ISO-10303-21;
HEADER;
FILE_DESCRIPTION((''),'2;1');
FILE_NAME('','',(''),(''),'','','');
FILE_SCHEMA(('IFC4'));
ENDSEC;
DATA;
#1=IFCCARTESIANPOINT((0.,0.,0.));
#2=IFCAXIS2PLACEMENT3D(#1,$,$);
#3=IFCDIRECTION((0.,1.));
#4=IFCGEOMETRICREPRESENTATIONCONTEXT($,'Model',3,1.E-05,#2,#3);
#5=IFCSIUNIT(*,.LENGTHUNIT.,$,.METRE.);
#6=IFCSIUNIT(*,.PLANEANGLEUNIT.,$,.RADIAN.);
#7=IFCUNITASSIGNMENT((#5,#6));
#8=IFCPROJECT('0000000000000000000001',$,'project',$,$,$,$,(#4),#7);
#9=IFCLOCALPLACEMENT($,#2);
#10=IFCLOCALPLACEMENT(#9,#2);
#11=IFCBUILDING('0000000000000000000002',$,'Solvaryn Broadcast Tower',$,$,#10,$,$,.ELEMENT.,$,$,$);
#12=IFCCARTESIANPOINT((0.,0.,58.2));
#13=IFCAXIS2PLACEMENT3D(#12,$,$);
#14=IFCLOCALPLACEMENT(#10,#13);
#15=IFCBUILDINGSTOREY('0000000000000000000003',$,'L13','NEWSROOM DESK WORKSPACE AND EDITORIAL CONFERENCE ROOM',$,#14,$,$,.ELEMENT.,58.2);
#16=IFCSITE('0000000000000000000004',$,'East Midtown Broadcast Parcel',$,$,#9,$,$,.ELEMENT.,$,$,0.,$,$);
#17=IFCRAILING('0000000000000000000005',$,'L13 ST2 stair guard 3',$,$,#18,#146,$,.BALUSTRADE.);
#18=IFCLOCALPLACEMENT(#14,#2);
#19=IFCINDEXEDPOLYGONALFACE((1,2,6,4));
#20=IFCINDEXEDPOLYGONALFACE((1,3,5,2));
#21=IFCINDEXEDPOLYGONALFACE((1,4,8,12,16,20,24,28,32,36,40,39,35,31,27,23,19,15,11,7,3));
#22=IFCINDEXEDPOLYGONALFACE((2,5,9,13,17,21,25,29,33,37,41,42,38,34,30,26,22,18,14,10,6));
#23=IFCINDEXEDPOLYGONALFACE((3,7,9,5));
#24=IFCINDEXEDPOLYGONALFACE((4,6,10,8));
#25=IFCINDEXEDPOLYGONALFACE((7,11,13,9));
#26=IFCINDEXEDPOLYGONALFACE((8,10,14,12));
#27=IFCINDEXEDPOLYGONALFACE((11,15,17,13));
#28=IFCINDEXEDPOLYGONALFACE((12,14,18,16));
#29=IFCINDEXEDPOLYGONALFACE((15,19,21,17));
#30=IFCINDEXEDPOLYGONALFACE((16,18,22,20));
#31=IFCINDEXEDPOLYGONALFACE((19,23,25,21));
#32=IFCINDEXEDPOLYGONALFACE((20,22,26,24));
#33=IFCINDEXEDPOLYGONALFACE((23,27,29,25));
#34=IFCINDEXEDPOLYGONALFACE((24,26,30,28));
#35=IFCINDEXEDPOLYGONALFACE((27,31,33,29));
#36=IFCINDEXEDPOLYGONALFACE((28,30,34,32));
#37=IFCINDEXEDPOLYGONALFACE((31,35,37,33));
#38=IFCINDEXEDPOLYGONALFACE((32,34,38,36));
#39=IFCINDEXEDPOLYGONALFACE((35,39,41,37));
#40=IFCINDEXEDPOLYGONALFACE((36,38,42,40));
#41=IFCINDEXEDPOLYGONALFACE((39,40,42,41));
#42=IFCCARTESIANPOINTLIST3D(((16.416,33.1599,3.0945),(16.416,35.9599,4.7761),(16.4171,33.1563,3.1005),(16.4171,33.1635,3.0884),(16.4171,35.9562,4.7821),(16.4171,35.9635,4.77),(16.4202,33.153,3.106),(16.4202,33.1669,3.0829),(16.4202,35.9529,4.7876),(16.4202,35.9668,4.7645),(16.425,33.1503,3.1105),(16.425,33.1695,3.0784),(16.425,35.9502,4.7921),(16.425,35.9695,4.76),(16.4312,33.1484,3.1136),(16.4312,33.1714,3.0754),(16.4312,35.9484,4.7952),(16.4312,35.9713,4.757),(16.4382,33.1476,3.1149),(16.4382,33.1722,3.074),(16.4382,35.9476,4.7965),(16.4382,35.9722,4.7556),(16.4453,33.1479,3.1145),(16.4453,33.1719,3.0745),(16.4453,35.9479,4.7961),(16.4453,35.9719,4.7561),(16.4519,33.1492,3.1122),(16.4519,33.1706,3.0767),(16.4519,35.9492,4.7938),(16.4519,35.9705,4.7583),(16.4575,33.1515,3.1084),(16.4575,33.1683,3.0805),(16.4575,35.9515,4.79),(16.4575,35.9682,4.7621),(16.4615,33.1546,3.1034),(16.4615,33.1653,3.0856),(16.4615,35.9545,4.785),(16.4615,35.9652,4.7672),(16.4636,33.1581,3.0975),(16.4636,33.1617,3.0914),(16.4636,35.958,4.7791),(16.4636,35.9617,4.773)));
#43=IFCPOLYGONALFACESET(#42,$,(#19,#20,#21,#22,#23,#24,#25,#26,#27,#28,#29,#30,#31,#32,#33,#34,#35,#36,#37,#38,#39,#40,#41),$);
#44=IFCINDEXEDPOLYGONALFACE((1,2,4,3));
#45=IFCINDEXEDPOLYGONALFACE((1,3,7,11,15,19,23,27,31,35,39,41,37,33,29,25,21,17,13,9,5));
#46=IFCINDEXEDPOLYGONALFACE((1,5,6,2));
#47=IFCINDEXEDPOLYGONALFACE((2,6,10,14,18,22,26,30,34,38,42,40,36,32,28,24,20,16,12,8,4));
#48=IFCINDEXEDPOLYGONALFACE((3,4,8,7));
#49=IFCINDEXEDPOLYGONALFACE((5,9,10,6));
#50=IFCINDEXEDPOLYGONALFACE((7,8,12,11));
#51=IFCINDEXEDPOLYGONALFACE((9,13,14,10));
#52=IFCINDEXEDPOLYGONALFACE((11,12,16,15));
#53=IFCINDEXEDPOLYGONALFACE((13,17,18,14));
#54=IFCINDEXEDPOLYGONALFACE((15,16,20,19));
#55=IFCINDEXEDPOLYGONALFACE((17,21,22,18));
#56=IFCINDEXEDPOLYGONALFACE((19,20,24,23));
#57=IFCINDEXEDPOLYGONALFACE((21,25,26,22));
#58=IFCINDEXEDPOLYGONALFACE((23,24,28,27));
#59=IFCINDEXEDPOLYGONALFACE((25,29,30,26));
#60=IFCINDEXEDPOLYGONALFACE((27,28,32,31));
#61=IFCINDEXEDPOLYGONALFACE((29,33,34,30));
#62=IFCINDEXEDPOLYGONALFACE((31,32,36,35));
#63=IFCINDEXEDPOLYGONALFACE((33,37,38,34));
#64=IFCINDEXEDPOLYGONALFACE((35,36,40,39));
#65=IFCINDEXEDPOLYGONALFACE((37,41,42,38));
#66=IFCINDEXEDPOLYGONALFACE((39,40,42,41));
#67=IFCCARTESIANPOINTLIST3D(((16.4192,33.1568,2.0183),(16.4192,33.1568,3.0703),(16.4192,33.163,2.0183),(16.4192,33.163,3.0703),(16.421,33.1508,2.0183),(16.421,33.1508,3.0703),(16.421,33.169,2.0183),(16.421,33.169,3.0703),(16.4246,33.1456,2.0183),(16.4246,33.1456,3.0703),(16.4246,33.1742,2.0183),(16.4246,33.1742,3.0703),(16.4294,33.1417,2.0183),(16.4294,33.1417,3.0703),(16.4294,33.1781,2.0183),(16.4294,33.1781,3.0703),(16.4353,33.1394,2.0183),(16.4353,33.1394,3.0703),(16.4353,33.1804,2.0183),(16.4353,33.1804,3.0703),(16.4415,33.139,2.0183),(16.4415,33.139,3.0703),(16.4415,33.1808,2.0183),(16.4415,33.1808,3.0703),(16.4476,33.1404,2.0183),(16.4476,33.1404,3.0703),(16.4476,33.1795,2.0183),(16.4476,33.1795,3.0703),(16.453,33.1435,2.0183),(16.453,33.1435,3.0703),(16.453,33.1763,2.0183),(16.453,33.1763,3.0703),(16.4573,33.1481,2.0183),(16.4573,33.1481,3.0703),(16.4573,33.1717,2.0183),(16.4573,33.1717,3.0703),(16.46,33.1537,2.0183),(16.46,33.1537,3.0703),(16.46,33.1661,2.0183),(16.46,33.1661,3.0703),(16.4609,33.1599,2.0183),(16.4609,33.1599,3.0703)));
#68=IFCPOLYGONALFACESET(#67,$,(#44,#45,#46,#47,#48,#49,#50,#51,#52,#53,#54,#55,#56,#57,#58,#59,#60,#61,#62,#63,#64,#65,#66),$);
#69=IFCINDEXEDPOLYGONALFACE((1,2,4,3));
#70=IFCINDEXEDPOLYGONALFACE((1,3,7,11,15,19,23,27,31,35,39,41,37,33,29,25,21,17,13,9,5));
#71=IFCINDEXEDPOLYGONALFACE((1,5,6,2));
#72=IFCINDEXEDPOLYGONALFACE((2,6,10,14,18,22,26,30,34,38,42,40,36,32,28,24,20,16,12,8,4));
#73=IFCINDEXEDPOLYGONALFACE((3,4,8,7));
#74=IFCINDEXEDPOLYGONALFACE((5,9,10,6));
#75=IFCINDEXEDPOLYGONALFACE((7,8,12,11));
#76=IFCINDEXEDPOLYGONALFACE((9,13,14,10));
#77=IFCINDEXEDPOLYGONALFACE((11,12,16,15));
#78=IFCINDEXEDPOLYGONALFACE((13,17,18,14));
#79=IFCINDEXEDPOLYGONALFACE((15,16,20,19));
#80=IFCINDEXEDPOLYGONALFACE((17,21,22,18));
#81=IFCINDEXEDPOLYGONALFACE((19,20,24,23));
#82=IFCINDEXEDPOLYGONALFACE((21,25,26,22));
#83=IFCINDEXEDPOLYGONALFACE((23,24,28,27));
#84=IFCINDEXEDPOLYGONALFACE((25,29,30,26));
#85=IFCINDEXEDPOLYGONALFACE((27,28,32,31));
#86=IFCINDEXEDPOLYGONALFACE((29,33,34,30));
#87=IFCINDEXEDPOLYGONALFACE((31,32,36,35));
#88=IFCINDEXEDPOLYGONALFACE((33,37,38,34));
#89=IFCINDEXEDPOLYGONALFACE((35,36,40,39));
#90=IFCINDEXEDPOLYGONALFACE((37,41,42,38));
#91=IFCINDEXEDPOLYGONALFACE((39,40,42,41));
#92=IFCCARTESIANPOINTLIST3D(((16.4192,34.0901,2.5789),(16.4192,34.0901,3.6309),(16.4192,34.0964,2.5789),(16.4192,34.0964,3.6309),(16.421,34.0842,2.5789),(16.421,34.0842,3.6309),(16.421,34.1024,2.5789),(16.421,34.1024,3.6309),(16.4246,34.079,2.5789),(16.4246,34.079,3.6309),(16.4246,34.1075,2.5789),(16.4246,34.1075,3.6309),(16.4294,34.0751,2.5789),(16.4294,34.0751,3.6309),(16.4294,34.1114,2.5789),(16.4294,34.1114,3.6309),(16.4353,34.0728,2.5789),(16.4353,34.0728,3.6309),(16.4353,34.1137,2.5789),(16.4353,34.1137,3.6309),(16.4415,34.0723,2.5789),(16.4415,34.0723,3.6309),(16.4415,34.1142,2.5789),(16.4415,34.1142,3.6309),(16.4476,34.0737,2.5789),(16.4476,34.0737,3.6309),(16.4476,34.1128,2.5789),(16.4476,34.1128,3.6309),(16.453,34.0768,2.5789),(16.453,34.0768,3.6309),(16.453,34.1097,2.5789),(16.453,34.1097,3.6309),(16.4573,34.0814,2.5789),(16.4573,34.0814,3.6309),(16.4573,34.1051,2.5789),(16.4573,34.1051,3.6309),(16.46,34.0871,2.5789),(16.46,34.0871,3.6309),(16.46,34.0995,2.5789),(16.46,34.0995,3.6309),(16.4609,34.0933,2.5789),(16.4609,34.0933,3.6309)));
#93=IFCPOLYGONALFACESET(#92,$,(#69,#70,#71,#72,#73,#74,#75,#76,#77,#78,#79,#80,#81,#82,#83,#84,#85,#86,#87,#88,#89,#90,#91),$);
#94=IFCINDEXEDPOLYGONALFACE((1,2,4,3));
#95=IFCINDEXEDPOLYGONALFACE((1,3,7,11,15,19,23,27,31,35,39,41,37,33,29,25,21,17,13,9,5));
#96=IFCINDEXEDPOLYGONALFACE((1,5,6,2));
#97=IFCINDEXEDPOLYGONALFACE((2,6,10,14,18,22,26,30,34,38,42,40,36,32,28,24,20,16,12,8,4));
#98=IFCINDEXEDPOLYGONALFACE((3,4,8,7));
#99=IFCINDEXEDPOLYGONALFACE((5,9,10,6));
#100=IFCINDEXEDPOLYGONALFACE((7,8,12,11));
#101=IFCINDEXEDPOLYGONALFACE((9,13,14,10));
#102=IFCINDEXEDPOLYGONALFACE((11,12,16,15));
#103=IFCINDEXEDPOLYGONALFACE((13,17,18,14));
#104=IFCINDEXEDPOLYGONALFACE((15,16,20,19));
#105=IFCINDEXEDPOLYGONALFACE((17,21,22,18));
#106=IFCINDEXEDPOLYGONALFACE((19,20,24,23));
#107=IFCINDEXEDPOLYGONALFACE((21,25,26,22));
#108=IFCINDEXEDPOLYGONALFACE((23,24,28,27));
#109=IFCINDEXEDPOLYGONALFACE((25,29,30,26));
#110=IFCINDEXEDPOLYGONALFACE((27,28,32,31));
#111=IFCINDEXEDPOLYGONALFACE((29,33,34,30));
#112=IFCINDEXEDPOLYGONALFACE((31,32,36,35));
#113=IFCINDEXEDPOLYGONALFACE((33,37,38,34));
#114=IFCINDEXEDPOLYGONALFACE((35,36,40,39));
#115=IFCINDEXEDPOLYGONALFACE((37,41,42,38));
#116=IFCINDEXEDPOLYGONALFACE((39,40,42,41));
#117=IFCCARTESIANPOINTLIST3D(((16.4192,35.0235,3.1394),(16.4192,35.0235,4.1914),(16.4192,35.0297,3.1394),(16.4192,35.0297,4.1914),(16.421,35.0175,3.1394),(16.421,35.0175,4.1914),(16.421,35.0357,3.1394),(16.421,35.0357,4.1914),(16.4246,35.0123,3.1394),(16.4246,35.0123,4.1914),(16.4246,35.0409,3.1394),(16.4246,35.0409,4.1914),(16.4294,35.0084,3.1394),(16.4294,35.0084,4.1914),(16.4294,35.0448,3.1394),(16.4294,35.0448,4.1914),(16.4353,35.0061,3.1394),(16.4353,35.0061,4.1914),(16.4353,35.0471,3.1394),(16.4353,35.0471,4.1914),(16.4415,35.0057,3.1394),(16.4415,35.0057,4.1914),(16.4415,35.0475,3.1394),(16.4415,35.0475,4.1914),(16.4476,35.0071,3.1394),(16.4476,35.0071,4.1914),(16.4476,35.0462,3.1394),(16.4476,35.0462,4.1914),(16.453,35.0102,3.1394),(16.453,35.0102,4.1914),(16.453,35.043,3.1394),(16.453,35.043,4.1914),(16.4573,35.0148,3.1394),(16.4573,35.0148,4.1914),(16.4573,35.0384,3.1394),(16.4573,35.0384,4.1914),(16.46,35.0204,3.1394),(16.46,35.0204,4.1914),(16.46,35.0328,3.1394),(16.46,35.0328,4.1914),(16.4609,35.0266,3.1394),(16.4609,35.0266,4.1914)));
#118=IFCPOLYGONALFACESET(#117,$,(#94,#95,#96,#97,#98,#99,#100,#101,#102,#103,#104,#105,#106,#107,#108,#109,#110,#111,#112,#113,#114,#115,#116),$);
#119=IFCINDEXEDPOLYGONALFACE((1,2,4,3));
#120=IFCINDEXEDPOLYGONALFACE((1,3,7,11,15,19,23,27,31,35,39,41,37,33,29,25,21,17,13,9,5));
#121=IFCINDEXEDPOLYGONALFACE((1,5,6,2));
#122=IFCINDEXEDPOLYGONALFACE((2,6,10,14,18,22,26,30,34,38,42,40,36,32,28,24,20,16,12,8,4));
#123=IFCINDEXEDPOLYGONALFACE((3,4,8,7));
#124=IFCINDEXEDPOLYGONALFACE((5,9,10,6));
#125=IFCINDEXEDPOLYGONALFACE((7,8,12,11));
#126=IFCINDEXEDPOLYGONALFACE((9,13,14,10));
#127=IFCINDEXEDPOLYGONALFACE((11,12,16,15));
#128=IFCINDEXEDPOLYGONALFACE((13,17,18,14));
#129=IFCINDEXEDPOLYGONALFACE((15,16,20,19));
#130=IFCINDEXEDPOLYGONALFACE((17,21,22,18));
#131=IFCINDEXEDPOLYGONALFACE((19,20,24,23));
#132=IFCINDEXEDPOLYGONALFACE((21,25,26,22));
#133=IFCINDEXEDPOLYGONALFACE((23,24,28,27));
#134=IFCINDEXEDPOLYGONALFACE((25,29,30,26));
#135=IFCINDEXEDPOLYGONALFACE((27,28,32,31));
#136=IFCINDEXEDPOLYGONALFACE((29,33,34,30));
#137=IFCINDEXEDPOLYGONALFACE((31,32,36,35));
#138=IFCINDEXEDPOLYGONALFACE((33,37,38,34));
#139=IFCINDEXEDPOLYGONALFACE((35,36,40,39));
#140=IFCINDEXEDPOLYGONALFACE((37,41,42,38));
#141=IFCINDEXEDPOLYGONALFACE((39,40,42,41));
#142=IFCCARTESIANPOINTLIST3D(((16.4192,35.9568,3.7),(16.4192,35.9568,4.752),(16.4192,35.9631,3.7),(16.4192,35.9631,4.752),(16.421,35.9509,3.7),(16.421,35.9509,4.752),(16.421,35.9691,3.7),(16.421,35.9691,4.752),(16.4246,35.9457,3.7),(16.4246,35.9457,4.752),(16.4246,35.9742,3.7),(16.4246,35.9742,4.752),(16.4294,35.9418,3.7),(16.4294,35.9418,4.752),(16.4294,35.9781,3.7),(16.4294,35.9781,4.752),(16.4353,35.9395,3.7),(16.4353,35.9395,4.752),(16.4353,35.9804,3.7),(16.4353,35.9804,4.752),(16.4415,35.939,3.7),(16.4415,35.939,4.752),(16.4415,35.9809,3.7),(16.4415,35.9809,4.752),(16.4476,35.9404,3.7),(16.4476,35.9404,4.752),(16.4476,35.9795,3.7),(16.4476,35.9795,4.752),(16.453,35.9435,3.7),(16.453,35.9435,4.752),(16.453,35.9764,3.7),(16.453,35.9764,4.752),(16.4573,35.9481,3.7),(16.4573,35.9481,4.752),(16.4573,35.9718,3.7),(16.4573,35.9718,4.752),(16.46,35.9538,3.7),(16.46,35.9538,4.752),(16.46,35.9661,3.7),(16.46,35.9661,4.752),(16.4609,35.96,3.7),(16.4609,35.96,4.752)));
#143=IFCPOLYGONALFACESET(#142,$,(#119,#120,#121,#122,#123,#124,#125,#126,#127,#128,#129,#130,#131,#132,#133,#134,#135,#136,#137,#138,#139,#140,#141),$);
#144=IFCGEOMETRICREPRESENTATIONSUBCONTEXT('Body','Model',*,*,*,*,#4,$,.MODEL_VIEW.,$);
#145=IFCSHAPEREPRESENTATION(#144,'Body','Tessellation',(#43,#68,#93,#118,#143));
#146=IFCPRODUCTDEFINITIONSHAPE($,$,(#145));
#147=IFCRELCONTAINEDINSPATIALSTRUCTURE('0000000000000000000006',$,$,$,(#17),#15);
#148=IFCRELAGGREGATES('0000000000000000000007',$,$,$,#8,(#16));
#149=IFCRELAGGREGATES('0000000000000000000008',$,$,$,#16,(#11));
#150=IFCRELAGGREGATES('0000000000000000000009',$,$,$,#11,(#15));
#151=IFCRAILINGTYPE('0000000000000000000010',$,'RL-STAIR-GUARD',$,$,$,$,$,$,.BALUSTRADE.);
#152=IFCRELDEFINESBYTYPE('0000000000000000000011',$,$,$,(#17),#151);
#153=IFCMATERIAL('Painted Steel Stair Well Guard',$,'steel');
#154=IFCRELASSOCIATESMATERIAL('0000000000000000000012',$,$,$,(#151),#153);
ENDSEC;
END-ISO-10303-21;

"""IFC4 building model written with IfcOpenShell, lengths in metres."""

from ifc_helpers import new_model, si_unit, direction, frame, origin, origin_2d, place, context, subcontext, project, spatial, circle, extrude, material, type_object, element, save


model = new_model("IFC4")

# Units and contexts
model_context = context("Model", 3, precision=1e-05, world=origin(), true_north=direction((0.0, 1.0)))
body_context = subcontext(model_context, "Body", "Model", "MODEL_VIEW")
ifc_project = project(units=[si_unit("LENGTHUNIT", "METRE"), si_unit("PLANEANGLEUNIT", "RADIAN")], contexts=[model_context])

# Site, building, storey
site_placement = place(None, origin())
site = spatial("IfcSite", under=ifc_project, at=site_placement, Name="East Midtown Broadcast Parcel", CompositionType="ELEMENT", RefElevation=0.0)
building_placement = place(site_placement, origin())
building = spatial("IfcBuilding", under=site, at=building_placement, Name="Solvaryn Broadcast Tower", CompositionType="ELEMENT")
storey_placement = place(building_placement, frame((0.0, 0.0, 58.2)))
storey = spatial("IfcBuildingStorey", under=building, at=storey_placement, Name="L13", Description="NEWSROOM DESK WORKSPACE AND EDITORIAL CONFERENCE ROOM", CompositionType="ELEMENT", Elevation=58.2)

# Railing
ifc_material_1 = material(Name="Painted Steel Stair Well Guard", Category="steel")
railing_type_1 = type_object("IfcRailingType", Name="RL-STAIR-GUARD", PredefinedType="BALUSTRADE", material=ifc_material_1)
railing_1_placement = place(storey_placement, frame((16.4399, 33.1599, 2.0183)))
element("IfcRailing", 1, at=railing_1_placement, inside=storey, type_object=railing_type_1, Name="L13 ST2 stair guard 3", PredefinedType="BALUSTRADE", context=body_context, shape_type="SweptSolid", body=[
    extrude(circle(Radius=0.0239, at=origin_2d()), frame((0.0, 0.0, 1.0762), z_axis=(0.0, 0.857275, 0.514858), x_axis=(-1.0, 0.0, 0.0)), (0.0, 0.0, 1.0), 3.2661),
    extrude(circle(Radius=0.021, at=origin_2d()), origin(), (0.0, 0.0, 1.0), 1.052),
    extrude(circle(Radius=0.021, at=origin_2d()), frame((0.0, 0.9333, 0.5605)), (0.0, 0.0, 1.0), 1.052),
    extrude(circle(Radius=0.021, at=origin_2d()), frame((0.0, 1.8667, 1.1211)), (0.0, 0.0, 1.0), 1.052),
    extrude(circle(Radius=0.021, at=origin_2d()), frame((0.0, 2.8, 1.6816)), (0.0, 0.0, 1.0), 1.052),
])

save(model, "model.ifc")
